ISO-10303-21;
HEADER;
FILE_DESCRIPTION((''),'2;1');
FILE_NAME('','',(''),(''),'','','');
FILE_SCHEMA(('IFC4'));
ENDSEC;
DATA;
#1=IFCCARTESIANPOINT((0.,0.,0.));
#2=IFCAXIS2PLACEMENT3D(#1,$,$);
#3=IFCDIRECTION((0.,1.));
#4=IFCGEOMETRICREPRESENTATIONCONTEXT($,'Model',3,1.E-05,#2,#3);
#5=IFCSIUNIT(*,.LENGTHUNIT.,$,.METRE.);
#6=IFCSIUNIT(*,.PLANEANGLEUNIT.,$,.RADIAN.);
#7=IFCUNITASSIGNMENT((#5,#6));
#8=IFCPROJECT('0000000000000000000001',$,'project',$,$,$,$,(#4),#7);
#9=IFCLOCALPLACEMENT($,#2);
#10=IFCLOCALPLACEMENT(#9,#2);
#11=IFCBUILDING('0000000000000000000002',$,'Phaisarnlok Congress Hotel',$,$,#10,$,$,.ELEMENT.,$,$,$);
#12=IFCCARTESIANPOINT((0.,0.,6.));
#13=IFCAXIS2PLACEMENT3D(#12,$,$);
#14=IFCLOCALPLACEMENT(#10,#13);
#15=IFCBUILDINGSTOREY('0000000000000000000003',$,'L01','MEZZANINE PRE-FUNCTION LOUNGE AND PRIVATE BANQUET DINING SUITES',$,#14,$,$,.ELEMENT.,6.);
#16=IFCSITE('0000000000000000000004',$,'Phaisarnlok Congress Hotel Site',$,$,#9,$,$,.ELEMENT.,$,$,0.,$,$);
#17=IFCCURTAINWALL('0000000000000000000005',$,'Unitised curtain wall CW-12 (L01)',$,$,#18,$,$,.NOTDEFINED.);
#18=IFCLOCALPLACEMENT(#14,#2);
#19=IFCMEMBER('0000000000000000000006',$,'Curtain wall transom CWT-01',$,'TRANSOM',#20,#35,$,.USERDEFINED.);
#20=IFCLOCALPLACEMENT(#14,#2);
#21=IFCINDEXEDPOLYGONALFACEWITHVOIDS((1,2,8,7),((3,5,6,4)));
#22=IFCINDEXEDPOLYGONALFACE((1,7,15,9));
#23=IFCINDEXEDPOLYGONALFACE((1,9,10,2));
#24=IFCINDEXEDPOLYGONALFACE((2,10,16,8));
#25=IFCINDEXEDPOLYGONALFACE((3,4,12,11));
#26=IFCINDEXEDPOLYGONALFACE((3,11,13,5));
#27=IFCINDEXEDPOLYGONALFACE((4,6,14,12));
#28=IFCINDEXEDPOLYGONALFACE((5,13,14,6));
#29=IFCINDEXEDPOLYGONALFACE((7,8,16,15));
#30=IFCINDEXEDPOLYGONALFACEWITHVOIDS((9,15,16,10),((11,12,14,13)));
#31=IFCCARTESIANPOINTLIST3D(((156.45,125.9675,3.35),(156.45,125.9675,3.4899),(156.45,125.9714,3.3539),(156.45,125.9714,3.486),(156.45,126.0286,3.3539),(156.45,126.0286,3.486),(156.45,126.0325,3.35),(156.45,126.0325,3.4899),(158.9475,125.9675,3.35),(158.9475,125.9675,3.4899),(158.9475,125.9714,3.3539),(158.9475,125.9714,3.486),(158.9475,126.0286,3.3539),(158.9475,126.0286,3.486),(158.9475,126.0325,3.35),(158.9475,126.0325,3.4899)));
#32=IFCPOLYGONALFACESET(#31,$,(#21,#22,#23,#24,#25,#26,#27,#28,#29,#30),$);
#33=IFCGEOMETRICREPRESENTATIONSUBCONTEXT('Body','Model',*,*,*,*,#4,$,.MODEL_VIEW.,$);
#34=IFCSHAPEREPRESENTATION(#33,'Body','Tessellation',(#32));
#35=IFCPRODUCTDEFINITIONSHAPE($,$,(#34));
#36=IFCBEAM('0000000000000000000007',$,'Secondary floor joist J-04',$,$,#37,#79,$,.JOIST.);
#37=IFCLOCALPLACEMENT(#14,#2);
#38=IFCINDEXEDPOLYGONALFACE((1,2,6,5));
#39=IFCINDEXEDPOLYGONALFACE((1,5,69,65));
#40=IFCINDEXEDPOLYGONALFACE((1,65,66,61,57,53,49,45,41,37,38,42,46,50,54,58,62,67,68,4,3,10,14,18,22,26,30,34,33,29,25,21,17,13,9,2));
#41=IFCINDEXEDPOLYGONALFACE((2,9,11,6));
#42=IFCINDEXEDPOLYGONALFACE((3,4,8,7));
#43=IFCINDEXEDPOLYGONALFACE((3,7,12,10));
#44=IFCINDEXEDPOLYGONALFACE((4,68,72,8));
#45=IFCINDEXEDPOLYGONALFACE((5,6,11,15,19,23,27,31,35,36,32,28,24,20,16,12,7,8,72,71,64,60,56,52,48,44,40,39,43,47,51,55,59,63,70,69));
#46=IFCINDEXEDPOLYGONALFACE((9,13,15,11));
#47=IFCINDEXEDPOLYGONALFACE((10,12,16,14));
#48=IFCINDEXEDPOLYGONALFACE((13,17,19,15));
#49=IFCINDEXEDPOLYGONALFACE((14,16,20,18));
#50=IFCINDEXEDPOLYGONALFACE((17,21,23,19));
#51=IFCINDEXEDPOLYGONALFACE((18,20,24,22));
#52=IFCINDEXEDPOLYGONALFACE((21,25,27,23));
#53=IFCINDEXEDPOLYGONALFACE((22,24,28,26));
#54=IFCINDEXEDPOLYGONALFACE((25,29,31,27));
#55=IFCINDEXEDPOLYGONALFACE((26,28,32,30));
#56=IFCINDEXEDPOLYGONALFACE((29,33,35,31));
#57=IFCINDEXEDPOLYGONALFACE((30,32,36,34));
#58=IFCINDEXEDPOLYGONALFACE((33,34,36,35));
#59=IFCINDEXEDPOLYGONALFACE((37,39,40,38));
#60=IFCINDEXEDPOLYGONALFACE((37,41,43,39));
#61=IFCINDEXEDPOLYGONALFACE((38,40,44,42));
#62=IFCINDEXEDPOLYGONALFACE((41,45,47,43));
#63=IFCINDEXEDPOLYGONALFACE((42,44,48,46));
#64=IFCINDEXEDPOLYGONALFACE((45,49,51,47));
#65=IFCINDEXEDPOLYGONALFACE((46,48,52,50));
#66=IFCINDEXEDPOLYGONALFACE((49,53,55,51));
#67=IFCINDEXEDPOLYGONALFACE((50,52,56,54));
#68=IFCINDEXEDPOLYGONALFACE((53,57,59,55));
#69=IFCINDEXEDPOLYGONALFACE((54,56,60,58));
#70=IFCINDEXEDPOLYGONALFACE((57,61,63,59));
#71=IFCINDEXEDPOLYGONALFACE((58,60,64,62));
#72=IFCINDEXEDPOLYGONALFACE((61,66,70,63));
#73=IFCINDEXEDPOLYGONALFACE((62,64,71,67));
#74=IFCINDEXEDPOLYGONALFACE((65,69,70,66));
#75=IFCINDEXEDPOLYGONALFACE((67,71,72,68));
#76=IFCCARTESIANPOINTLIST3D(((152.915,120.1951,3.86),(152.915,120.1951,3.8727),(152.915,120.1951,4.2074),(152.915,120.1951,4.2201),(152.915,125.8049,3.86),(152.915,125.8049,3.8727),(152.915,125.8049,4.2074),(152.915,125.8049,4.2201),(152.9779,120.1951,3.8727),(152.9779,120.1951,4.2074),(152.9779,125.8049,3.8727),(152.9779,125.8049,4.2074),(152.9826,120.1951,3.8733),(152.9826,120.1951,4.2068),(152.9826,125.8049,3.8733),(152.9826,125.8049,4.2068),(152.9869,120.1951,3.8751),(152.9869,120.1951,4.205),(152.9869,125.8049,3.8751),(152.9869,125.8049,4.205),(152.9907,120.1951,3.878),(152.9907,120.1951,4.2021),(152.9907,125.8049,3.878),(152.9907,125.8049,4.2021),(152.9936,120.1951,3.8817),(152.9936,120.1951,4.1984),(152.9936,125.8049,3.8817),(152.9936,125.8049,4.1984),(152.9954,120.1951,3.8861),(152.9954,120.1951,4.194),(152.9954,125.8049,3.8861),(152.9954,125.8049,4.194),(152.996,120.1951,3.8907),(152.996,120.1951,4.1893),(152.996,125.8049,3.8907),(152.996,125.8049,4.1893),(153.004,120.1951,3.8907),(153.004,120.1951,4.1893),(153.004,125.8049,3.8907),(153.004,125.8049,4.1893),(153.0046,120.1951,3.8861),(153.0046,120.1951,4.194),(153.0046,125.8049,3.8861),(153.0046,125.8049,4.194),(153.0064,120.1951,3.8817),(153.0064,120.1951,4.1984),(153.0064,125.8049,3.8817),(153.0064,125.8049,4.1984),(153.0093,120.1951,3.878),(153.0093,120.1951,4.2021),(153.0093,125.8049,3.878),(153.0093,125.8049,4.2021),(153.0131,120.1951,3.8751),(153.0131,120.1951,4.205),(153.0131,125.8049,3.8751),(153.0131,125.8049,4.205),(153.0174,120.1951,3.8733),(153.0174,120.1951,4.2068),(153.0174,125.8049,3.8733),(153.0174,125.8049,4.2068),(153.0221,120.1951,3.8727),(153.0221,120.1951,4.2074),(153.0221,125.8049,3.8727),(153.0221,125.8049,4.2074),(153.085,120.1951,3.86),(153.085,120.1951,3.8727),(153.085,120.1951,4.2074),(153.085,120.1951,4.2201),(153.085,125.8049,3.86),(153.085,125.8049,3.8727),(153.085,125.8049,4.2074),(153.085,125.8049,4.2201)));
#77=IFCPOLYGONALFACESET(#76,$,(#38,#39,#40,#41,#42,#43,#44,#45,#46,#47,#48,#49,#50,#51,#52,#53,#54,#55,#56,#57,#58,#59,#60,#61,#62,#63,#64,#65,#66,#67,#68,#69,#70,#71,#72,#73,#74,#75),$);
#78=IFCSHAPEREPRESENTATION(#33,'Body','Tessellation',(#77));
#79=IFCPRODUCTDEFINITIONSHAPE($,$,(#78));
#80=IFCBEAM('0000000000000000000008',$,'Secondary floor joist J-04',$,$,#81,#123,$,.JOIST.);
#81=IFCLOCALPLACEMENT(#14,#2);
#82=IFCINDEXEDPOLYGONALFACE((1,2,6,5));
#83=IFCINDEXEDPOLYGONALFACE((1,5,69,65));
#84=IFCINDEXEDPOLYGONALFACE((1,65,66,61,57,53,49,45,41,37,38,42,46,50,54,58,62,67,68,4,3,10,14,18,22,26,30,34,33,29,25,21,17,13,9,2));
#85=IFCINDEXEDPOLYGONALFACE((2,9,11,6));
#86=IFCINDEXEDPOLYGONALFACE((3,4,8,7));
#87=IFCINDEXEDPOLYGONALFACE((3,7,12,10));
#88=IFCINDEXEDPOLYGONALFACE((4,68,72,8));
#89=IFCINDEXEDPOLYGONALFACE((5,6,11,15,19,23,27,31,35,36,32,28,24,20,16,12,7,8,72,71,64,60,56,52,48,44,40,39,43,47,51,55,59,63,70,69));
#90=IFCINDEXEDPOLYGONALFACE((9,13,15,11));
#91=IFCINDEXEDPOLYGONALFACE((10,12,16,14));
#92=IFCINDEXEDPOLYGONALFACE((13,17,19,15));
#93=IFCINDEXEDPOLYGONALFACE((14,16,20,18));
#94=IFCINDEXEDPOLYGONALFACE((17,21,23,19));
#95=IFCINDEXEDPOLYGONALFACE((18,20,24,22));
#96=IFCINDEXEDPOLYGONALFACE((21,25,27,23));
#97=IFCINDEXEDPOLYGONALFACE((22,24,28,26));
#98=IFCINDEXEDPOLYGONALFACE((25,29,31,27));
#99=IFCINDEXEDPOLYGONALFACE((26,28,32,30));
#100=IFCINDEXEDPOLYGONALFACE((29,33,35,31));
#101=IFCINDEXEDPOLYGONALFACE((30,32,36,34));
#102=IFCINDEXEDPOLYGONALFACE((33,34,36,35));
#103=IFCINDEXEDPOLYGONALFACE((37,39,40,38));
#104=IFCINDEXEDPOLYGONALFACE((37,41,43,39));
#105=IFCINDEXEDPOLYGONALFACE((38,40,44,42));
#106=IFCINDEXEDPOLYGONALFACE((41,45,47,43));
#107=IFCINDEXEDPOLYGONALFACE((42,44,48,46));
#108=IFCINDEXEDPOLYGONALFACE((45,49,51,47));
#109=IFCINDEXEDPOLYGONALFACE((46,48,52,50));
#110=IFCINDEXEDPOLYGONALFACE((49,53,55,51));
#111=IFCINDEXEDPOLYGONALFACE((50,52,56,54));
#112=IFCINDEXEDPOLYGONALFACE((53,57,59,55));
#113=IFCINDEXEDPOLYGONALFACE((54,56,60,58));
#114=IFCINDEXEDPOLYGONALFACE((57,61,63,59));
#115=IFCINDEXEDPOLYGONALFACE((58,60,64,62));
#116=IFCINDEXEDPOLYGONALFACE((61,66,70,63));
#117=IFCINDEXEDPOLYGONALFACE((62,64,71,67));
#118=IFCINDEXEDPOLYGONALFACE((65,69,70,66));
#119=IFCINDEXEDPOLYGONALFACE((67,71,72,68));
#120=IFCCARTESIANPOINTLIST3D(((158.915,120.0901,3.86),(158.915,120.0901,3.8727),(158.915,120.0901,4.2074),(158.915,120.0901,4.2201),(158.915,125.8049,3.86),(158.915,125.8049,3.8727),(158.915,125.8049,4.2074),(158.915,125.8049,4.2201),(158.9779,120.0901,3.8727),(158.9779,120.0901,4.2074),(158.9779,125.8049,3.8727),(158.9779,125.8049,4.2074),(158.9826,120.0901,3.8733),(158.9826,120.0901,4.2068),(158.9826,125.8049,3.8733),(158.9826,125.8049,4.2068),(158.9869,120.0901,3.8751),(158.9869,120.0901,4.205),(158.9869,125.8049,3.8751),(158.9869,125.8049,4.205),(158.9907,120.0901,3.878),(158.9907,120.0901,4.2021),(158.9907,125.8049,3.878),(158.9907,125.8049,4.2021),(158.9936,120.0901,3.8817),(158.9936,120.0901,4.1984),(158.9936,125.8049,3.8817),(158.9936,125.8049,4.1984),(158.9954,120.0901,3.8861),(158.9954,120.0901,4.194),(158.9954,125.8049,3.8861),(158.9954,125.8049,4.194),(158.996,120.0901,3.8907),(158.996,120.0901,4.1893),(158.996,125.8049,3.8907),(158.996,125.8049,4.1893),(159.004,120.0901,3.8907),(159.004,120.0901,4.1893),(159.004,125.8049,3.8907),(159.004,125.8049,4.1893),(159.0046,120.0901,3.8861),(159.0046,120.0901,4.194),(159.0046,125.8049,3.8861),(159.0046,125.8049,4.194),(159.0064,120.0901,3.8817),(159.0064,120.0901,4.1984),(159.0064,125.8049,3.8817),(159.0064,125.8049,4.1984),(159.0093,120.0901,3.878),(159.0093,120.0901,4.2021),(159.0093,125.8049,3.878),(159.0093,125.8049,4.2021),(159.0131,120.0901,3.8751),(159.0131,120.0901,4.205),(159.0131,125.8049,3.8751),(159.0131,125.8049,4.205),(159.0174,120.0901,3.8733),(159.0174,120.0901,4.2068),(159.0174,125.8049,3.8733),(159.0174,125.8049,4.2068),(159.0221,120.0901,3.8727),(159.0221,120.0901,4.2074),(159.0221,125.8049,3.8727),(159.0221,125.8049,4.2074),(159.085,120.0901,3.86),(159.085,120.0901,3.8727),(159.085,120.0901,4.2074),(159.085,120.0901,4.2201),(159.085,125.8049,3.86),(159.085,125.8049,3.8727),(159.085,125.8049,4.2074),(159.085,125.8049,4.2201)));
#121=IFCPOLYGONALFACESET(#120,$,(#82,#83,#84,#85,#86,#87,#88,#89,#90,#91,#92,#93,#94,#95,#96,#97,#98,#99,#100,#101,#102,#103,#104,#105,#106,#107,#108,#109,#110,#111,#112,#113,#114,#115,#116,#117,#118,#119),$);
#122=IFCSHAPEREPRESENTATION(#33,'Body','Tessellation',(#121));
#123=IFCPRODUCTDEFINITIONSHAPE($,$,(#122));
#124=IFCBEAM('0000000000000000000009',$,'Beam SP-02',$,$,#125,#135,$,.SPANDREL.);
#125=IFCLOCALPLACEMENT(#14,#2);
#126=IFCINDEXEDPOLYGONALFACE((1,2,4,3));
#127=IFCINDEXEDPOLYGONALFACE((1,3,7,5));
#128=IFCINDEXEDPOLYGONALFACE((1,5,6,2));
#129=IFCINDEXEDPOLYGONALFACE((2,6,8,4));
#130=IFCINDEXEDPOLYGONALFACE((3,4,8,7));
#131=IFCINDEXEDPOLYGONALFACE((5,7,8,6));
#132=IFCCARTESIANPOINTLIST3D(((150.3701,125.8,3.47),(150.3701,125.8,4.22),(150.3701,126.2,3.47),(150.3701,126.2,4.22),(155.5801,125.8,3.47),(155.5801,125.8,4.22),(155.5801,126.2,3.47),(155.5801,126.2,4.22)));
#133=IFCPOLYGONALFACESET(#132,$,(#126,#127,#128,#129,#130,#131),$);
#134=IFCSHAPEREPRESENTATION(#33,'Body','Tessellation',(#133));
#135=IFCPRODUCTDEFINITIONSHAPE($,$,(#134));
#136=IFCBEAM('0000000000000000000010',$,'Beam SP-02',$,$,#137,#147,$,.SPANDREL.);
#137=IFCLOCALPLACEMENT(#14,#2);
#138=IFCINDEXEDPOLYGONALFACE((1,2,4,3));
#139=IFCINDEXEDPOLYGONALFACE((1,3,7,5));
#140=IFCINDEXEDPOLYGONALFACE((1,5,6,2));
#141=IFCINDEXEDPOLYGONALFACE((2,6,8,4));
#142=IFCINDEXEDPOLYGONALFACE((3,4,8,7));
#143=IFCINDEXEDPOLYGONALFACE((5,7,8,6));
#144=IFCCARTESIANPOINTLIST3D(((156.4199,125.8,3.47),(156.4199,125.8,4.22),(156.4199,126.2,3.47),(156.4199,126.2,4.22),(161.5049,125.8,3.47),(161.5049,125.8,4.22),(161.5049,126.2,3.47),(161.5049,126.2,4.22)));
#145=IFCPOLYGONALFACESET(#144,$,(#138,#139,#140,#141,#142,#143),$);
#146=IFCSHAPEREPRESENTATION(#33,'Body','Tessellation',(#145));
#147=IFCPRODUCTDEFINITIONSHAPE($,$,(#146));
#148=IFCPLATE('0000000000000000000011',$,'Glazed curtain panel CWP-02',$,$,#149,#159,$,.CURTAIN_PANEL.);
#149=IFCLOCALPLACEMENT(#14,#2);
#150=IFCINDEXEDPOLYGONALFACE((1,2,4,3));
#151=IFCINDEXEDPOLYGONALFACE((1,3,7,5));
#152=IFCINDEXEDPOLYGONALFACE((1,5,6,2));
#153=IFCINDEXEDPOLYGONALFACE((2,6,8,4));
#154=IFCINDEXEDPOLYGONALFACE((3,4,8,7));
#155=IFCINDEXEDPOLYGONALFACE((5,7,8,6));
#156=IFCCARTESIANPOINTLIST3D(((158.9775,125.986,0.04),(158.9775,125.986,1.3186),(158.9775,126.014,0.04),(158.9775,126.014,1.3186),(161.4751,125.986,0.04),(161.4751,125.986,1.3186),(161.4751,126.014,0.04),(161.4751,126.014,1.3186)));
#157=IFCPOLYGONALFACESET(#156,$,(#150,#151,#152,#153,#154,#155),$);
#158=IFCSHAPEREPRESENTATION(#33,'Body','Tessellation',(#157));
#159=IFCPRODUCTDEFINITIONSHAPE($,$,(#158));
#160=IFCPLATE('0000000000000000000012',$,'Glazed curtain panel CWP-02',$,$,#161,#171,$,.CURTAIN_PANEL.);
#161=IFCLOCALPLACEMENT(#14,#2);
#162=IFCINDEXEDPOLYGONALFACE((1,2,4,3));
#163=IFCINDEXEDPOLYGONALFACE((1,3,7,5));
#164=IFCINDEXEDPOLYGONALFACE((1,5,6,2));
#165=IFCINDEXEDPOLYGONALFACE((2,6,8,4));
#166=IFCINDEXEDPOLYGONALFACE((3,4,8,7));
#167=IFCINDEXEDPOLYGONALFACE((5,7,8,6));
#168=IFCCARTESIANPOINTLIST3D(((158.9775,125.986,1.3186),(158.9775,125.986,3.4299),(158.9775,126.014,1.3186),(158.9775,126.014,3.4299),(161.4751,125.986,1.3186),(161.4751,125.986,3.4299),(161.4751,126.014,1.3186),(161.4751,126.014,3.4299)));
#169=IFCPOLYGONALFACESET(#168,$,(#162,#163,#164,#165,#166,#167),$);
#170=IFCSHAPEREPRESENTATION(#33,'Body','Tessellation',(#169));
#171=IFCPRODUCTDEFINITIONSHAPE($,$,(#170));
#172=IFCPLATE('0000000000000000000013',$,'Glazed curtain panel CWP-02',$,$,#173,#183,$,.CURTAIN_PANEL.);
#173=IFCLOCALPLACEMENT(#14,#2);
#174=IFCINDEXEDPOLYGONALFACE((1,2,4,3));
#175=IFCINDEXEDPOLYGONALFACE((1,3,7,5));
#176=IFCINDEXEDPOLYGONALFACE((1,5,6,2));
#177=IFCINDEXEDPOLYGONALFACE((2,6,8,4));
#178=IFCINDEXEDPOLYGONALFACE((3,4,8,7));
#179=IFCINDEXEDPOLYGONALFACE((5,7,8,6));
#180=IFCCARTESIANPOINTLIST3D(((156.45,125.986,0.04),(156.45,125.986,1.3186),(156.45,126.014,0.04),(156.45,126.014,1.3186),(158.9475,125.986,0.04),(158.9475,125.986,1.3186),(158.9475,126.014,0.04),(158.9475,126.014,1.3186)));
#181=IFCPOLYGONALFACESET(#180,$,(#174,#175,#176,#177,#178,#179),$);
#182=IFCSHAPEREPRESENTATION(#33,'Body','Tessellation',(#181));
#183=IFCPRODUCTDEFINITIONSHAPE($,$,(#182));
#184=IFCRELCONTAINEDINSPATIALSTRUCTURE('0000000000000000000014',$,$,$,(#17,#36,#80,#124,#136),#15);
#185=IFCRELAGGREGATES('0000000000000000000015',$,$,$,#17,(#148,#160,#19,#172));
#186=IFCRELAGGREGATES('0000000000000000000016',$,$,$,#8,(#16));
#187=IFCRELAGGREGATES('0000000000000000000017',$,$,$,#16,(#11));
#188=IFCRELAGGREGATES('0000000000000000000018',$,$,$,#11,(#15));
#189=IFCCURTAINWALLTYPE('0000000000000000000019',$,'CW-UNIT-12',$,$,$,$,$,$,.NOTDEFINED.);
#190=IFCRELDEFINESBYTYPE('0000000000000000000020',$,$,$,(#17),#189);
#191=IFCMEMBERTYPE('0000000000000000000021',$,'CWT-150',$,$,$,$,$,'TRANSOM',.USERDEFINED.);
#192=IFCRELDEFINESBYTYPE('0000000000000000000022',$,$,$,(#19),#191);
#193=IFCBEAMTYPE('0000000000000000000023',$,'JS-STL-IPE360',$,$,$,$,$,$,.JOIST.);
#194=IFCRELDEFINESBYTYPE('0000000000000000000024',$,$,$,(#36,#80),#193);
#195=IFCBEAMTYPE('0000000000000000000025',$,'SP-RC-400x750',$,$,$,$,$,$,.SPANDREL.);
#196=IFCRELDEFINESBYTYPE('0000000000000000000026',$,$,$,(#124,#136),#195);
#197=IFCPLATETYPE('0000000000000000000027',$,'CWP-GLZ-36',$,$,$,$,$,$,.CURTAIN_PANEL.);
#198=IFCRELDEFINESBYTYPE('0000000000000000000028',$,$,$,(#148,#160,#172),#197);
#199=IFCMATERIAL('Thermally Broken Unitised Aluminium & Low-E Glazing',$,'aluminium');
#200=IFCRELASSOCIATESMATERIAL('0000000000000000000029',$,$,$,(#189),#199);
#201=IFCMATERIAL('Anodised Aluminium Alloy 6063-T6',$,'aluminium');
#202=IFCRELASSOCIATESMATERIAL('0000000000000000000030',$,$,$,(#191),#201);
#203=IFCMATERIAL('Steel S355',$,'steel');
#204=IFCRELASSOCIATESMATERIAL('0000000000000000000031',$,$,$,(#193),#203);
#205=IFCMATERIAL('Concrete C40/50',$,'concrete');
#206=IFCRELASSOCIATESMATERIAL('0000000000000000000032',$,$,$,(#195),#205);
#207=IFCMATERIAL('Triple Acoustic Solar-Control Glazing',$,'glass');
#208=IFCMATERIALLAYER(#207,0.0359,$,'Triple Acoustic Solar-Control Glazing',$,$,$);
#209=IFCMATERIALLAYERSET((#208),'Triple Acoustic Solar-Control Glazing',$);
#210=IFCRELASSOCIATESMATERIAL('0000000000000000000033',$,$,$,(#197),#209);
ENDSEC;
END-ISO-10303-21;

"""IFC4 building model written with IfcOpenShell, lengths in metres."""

from ifc_helpers import new_model, si_unit, direction, frame, frame_2d, origin, origin_2d, place, context, subcontext, project, spatial, rectangle, hollow_rectangle, i_section, extrude, material, layer, layer_set, material_profile, profile_set, type_object, element, aggregate, save


model = new_model("IFC4")

# Units and contexts
model_context = context("Model", 3, precision=1e-05, world=origin(), true_north=direction((0.0, 1.0)))
body_context = subcontext(model_context, "Body", "Model", "MODEL_VIEW")
ifc_project = project(units=[si_unit("LENGTHUNIT", "METRE"), si_unit("PLANEANGLEUNIT", "RADIAN")], contexts=[model_context])

# Site, building, storey
site_placement = place(None, origin())
site = spatial("IfcSite", under=ifc_project, at=site_placement, Name="Phaisarnlok Congress Hotel Site", CompositionType="ELEMENT", RefElevation=0.0)
building_placement = place(site_placement, origin())
building = spatial("IfcBuilding", under=site, at=building_placement, Name="Phaisarnlok Congress Hotel", CompositionType="ELEMENT")
storey_placement = place(building_placement, frame((0.0, 0.0, 6.0)))
storey = spatial("IfcBuildingStorey", under=building, at=storey_placement, Name="L01", Description="MEZZANINE PRE-FUNCTION LOUNGE AND PRIVATE BANQUET DINING SUITES", CompositionType="ELEMENT", Elevation=6.0)

# Shared definitions
ifc_material_1 = material(Name="Concrete C40/50", Category="concrete")
ifc_material_2 = material(Name="Steel S355", Category="steel")

# Curtain wall, member
ifc_material_3 = material(Name="Thermally Broken Unitised Aluminium & Low-E Glazing", Category="aluminium")
curtain_wall_type = type_object("IfcCurtainWallType", Name="CW-UNIT-12", PredefinedType="NOTDEFINED", material=ifc_material_3)
curtain_wall_placement = place(storey_placement, origin())
curtain_wall = element("IfcCurtainWall", 1, at=curtain_wall_placement, inside=storey, type_object=curtain_wall_type, Name="Unitised curtain wall CW-12 (L01)", PredefinedType="NOTDEFINED")
ifc_material_4 = material(Name="Anodised Aluminium Alloy 6063-T6", Category="aluminium")
ifc_material_profile_1 = material_profile(ifc_material_4, hollow_rectangle(XDim=0.0649, YDim=0.1399, WallThickness=0.0039, at=origin_2d()), Name="ALU-T 65x140x4")
ifc_profile_set_1 = profile_set([ifc_material_profile_1], Name="Anodised Aluminium Alloy 6063-T6")
member_type_1 = type_object("IfcMemberType", Name="CWT-150", ElementType="TRANSOM", PredefinedType="USERDEFINED", material=ifc_profile_set_1)
member_1_placement = place(storey_placement, frame((158.9475, 126.0, 3.4199), z_axis=(-1.0, 0.0, 0.0), x_axis=(0.0, -1.0, 0.0)))
member_1 = element("IfcMember", 2, at=member_1_placement, type_object=member_type_1, Name="Curtain wall transom CWT-01", ObjectType="TRANSOM", PredefinedType="USERDEFINED", context=body_context, shape_type="SweptSolid", body=[
    extrude(hollow_rectangle(XDim=0.0649, YDim=0.1399, WallThickness=0.0039, at=origin_2d()), origin(), (0.0, 0.0, 1.0), 2.4976),
])

# Beams
ifc_material_profile_2 = material_profile(ifc_material_2, i_section(OverallWidth=0.1699, OverallDepth=0.3601, WebThickness=0.0081, FlangeThickness=0.0127, FilletRadius=0.0181, at=origin_2d()), Name="IPE 360")
ifc_profile_set_2 = profile_set([ifc_material_profile_2], Name="Steel S355")
beam_type_1 = type_object("IfcBeamType", Name="JS-STL-IPE360", PredefinedType="JOIST", material=ifc_profile_set_2)
beam_1_placement = place(storey_placement, frame((153.0, 120.1951, 4.04), z_axis=(0.0, 1.0, 0.0), x_axis=(-1.0, 0.0, 0.0)))
element("IfcBeam", 3, at=beam_1_placement, inside=storey, type_object=beam_type_1, Name="Secondary floor joist J-04", PredefinedType="JOIST", context=body_context, shape_type="SweptSolid", body=[
    extrude(i_section(OverallWidth=0.1699, OverallDepth=0.3601, WebThickness=0.0081, FlangeThickness=0.0127, FilletRadius=0.0181, at=origin_2d()), origin(), (0.0, 0.0, 1.0), 5.6099),
])
beam_2_placement = place(storey_placement, frame((159.0, 120.0901, 4.04), z_axis=(0.0, 1.0, 0.0), x_axis=(-1.0, 0.0, 0.0)))
element("IfcBeam", 4, at=beam_2_placement, inside=storey, type_object=beam_type_1, Name="Secondary floor joist J-04", PredefinedType="JOIST", context=body_context, shape_type="SweptSolid", body=[
    extrude(i_section(OverallWidth=0.1699, OverallDepth=0.3601, WebThickness=0.0081, FlangeThickness=0.0127, FilletRadius=0.0181, at=origin_2d()), origin(), (0.0, 0.0, 1.0), 5.7148),
])
ifc_material_profile_3 = material_profile(ifc_material_1, rectangle(XDim=0.3999, YDim=0.75, at=origin_2d()), Name="RC 400x750")
ifc_profile_set_3 = profile_set([ifc_material_profile_3], Name="Concrete C40/50")
beam_type_2 = type_object("IfcBeamType", Name="SP-RC-400x750", PredefinedType="SPANDREL", material=ifc_profile_set_3)
beam_3_placement = place(storey_placement, frame((150.3701, 126.0, 3.845), z_axis=(1.0, 0.0, 0.0), x_axis=(0.0, 1.0, 0.0)))
element("IfcBeam", 5, at=beam_3_placement, inside=storey, type_object=beam_type_2, Name="Beam SP-02", PredefinedType="SPANDREL", context=body_context, shape_type="SweptSolid", body=[
    extrude(rectangle(XDim=0.3999, YDim=0.75, at=origin_2d()), origin(), (0.0, 0.0, 1.0), 5.21),
])
beam_4_placement = place(storey_placement, frame((156.4199, 126.0, 3.845), z_axis=(1.0, 0.0, 0.0), x_axis=(0.0, 1.0, 0.0)))
element("IfcBeam", 6, at=beam_4_placement, inside=storey, type_object=beam_type_2, Name="Beam SP-02", PredefinedType="SPANDREL", context=body_context, shape_type="SweptSolid", body=[
    extrude(rectangle(XDim=0.3999, YDim=0.75, at=origin_2d()), origin(), (0.0, 0.0, 1.0), 5.085),
])

# Plates
ifc_material_5 = material(Name="Triple Acoustic Solar-Control Glazing", Category="glass")
ifc_layer_1 = layer(ifc_material_5, 0.0359, Name="Triple Acoustic Solar-Control Glazing")
ifc_layer_set_1 = layer_set([ifc_layer_1], Name="Triple Acoustic Solar-Control Glazing")
plate_type = type_object("IfcPlateType", Name="CWP-GLZ-36", PredefinedType="CURTAIN_PANEL", material=ifc_layer_set_1)
plate_1_placement = place(storey_placement, frame((161.4751, 126.0, 0.04), z_axis=(0.0, 0.0, 1.0), x_axis=(-1.0, 0.0, 0.0)))
plate_1 = element("IfcPlate", 7, at=plate_1_placement, type_object=plate_type, Name="Glazed curtain panel CWP-02", PredefinedType="CURTAIN_PANEL", context=body_context, shape_type="SweptSolid", body=[
    extrude(rectangle(XDim=2.4976, YDim=0.0281, at=frame_2d((1.2488, 0.0))), origin(), (0.0, 0.0, 1.0), 1.2786),
])
plate_2_placement = place(storey_placement, frame((161.4751, 126.0, 1.3186), z_axis=(0.0, 0.0, 1.0), x_axis=(-1.0, 0.0, 0.0)))
plate_2 = element("IfcPlate", 8, at=plate_2_placement, type_object=plate_type, Name="Glazed curtain panel CWP-02", PredefinedType="CURTAIN_PANEL", context=body_context, shape_type="SweptSolid", body=[
    extrude(rectangle(XDim=2.4976, YDim=0.0281, at=frame_2d((1.2488, 0.0))), origin(), (0.0, 0.0, 1.0), 2.1113),
])
plate_3_placement = place(storey_placement, frame((158.9475, 126.0, 0.04), z_axis=(0.0, 0.0, 1.0), x_axis=(-1.0, 0.0, 0.0)))
plate_3 = element("IfcPlate", 9, at=plate_3_placement, type_object=plate_type, Name="Glazed curtain panel CWP-02", PredefinedType="CURTAIN_PANEL", context=body_context, shape_type="SweptSolid", body=[
    extrude(rectangle(XDim=2.4976, YDim=0.0281, at=frame_2d((1.2488, 0.0))), origin(), (0.0, 0.0, 1.0), 1.2786),
])
aggregate(curtain_wall, [plate_1, plate_2, member_1, plate_3])

save(model, "model.ifc")
